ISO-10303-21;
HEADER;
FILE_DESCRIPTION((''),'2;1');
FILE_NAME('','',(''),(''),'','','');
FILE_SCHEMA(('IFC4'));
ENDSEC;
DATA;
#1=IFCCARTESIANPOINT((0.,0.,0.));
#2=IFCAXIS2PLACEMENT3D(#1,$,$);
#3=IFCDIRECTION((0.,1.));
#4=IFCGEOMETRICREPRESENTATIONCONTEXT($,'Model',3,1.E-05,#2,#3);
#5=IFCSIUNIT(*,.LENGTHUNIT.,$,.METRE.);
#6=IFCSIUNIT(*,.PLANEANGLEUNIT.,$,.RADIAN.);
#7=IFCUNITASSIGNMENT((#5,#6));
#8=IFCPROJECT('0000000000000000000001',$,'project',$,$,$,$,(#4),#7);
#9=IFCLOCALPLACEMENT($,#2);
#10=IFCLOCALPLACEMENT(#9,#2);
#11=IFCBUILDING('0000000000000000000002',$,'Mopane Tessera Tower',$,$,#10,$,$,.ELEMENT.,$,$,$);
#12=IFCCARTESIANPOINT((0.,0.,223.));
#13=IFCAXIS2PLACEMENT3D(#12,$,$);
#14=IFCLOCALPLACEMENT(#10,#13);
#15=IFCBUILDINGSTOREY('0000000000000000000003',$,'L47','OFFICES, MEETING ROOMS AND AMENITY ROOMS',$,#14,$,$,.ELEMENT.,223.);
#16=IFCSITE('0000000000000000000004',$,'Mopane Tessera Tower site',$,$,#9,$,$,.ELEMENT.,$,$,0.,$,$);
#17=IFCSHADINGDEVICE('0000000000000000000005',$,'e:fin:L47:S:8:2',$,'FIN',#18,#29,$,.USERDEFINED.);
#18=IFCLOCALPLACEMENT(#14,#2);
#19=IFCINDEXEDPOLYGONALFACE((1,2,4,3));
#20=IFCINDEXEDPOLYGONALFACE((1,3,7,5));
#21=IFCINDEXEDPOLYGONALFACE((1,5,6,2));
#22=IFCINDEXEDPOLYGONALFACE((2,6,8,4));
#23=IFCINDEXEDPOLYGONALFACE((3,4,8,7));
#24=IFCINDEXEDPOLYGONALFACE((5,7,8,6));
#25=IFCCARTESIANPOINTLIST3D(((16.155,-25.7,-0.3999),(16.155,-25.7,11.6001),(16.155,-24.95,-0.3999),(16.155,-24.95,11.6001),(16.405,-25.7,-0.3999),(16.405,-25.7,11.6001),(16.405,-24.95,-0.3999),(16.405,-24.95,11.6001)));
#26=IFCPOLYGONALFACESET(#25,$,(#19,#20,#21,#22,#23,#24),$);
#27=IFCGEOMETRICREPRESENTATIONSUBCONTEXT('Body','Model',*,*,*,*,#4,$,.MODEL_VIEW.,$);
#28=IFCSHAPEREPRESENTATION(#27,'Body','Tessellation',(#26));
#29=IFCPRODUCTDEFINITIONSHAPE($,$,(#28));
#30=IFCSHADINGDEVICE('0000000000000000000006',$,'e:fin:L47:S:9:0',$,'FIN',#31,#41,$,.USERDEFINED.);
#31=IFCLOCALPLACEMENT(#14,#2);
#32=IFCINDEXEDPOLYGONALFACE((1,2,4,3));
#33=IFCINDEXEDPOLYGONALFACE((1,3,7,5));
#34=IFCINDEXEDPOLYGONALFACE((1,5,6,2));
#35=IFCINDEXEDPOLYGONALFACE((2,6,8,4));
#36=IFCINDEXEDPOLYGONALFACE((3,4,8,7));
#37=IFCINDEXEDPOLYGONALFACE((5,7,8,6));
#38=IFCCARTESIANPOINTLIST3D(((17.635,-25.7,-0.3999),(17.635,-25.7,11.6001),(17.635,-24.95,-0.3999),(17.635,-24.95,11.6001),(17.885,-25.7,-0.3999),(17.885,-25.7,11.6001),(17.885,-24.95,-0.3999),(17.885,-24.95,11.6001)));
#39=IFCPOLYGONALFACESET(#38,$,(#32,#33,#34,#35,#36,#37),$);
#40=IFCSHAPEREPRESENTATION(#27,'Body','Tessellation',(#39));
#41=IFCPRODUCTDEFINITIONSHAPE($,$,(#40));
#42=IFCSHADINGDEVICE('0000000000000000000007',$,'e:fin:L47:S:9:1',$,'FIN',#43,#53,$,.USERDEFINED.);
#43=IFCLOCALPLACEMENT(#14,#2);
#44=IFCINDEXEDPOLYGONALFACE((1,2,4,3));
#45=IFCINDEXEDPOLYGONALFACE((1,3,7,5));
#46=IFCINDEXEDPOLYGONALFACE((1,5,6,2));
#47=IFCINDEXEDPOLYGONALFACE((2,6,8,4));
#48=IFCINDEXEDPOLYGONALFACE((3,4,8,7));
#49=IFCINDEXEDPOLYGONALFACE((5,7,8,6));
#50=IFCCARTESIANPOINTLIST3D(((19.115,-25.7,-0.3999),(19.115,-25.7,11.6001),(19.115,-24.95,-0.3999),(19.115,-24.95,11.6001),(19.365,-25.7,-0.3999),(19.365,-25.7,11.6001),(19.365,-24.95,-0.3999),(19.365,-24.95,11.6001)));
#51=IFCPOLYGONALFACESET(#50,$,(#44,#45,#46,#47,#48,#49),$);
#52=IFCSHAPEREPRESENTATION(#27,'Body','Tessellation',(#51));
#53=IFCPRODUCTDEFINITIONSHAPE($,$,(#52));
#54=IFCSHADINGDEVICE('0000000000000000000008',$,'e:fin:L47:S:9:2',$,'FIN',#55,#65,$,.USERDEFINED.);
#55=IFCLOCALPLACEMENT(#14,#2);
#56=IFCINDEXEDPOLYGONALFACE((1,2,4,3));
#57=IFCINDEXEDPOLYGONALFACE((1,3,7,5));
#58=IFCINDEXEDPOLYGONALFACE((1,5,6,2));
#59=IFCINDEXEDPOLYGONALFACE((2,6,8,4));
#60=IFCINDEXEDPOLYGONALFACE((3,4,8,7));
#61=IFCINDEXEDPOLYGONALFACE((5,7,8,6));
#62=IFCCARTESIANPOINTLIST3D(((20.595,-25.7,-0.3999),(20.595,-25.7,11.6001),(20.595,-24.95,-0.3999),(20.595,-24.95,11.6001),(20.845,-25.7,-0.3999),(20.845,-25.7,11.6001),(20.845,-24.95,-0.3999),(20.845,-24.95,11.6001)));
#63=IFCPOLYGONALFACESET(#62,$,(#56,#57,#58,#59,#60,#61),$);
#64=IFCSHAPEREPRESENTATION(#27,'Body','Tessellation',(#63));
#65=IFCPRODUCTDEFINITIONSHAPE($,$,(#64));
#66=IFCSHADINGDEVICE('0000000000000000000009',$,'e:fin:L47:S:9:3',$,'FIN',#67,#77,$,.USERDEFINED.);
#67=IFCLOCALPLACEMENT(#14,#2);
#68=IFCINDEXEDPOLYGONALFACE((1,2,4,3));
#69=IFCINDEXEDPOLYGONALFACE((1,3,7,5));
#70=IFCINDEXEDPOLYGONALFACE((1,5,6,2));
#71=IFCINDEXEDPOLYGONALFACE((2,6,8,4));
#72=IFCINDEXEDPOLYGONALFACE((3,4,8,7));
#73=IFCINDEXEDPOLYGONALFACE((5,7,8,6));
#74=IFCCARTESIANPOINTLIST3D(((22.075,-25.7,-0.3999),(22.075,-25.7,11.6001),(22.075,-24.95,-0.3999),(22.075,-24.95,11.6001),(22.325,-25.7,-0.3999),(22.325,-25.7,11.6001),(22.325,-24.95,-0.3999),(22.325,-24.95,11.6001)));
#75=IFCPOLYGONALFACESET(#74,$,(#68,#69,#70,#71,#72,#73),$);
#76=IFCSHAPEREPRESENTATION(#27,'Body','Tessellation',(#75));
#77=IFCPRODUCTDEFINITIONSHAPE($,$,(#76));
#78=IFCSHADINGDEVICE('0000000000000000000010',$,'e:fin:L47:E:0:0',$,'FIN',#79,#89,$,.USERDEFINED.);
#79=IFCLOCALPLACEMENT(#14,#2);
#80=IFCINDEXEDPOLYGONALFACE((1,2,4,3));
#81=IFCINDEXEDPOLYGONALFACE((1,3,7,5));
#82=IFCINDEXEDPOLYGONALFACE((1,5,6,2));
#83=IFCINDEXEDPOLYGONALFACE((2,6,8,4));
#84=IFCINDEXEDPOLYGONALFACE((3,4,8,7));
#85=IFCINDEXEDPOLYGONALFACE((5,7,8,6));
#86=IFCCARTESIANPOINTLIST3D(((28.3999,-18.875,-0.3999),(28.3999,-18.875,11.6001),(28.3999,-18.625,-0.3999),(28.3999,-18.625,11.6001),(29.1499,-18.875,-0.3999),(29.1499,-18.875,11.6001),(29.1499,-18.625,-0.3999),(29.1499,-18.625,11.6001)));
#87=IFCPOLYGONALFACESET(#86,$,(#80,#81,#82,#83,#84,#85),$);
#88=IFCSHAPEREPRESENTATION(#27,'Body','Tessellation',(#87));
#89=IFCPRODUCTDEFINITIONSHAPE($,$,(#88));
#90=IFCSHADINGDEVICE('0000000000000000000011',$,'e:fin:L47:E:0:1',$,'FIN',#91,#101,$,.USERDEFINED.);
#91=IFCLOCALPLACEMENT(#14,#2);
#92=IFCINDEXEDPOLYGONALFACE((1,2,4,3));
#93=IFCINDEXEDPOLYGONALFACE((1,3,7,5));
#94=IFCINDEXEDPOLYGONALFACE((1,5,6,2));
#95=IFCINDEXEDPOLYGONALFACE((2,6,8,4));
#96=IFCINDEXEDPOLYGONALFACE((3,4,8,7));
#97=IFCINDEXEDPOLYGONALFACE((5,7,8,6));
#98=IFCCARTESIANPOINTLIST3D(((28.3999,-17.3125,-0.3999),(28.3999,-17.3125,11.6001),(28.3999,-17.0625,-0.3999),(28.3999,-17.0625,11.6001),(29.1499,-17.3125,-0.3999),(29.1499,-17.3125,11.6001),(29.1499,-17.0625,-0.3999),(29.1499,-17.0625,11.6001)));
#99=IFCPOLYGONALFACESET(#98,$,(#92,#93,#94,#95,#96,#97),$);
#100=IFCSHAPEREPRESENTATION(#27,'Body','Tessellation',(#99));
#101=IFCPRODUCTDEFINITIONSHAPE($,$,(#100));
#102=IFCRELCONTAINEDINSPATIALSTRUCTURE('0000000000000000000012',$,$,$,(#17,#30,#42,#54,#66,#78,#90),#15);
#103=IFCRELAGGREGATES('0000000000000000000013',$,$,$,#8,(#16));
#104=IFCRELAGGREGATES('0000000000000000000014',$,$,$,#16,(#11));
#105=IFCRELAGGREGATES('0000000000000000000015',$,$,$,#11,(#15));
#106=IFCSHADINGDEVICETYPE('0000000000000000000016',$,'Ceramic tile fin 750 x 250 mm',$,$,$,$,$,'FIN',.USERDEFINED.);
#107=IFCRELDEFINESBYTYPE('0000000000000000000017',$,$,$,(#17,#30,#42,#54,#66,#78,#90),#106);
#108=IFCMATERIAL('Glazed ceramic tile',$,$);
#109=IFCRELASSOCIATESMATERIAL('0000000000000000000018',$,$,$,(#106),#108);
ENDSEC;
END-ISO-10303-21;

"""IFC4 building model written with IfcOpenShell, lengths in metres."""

from ifc_helpers import new_model, si_unit, direction, frame, origin, origin_2d, place, context, subcontext, project, spatial, rectangle, extrude, material, type_object, element, save


model = new_model("IFC4")

# Units and contexts
model_context = context("Model", 3, precision=1e-05, world=origin(), true_north=direction((0.0, 1.0)))
body_context = subcontext(model_context, "Body", "Model", "MODEL_VIEW")
ifc_project = project(units=[si_unit("LENGTHUNIT", "METRE"), si_unit("PLANEANGLEUNIT", "RADIAN")], contexts=[model_context])

# Site, building, storey
site_placement = place(None, origin())
site = spatial("IfcSite", under=ifc_project, at=site_placement, Name="Mopane Tessera Tower site", CompositionType="ELEMENT", RefElevation=0.0)
building_placement = place(site_placement, origin())
building = spatial("IfcBuilding", under=site, at=building_placement, Name="Mopane Tessera Tower", CompositionType="ELEMENT")
storey_placement = place(building_placement, frame((0.0, 0.0, 223.0)))
storey = spatial("IfcBuildingStorey", under=building, at=storey_placement, Name="L47", Description="OFFICES, MEETING ROOMS AND AMENITY ROOMS", CompositionType="ELEMENT", Elevation=223.0)

# Shading devices
ifc_material_1 = material(Name="Glazed ceramic tile")
shading_device_type = type_object("IfcShadingDeviceType", Name="Ceramic tile fin 750 x 250 mm", ElementType="FIN", PredefinedType="USERDEFINED", material=ifc_material_1)
for number, where, z_axis, x_axis, name in (
    (1, (16.28, -25.325, -0.3999), (0.0, 0.0, 1.0), (1.0, 0.0, 0.0), "e:fin:L47:S:8:2"),
    (2, (17.76, -25.325, -0.3999), (0.0, 0.0, 1.0), (1.0, 0.0, 0.0), "e:fin:L47:S:9:0"),
    (3, (19.24, -25.325, -0.3999), (0.0, 0.0, 1.0), (1.0, 0.0, 0.0), "e:fin:L47:S:9:1"),
    (4, (20.72, -25.325, -0.3999), (0.0, 0.0, 1.0), (1.0, 0.0, 0.0), "e:fin:L47:S:9:2"),
    (5, (22.2, -25.325, -0.3999), (0.0, 0.0, 1.0), (1.0, 0.0, 0.0), "e:fin:L47:S:9:3"),
    (6, (28.7749, -18.75, -0.3999), (0.0, 0.0, 1.0), (0.0, 1.0, 0.0), "e:fin:L47:E:0:0"),
    (7, (28.7749, -17.1875, -0.3999), (0.0, 0.0, 1.0), (0.0, 1.0, 0.0), "e:fin:L47:E:0:1"),
):
    element("IfcShadingDevice", number, at=place(storey_placement, frame(where, z_axis=z_axis, x_axis=x_axis)), inside=storey, type_object=shading_device_type, Name=name, ObjectType="FIN", PredefinedType="USERDEFINED", context=body_context, shape_type="SweptSolid", body=[
        extrude(rectangle(XDim=0.25, YDim=0.75, at=origin_2d()), origin(), (0.0, 0.0, 1.0), 12.0),
    ])

save(model, "model.ifc")
